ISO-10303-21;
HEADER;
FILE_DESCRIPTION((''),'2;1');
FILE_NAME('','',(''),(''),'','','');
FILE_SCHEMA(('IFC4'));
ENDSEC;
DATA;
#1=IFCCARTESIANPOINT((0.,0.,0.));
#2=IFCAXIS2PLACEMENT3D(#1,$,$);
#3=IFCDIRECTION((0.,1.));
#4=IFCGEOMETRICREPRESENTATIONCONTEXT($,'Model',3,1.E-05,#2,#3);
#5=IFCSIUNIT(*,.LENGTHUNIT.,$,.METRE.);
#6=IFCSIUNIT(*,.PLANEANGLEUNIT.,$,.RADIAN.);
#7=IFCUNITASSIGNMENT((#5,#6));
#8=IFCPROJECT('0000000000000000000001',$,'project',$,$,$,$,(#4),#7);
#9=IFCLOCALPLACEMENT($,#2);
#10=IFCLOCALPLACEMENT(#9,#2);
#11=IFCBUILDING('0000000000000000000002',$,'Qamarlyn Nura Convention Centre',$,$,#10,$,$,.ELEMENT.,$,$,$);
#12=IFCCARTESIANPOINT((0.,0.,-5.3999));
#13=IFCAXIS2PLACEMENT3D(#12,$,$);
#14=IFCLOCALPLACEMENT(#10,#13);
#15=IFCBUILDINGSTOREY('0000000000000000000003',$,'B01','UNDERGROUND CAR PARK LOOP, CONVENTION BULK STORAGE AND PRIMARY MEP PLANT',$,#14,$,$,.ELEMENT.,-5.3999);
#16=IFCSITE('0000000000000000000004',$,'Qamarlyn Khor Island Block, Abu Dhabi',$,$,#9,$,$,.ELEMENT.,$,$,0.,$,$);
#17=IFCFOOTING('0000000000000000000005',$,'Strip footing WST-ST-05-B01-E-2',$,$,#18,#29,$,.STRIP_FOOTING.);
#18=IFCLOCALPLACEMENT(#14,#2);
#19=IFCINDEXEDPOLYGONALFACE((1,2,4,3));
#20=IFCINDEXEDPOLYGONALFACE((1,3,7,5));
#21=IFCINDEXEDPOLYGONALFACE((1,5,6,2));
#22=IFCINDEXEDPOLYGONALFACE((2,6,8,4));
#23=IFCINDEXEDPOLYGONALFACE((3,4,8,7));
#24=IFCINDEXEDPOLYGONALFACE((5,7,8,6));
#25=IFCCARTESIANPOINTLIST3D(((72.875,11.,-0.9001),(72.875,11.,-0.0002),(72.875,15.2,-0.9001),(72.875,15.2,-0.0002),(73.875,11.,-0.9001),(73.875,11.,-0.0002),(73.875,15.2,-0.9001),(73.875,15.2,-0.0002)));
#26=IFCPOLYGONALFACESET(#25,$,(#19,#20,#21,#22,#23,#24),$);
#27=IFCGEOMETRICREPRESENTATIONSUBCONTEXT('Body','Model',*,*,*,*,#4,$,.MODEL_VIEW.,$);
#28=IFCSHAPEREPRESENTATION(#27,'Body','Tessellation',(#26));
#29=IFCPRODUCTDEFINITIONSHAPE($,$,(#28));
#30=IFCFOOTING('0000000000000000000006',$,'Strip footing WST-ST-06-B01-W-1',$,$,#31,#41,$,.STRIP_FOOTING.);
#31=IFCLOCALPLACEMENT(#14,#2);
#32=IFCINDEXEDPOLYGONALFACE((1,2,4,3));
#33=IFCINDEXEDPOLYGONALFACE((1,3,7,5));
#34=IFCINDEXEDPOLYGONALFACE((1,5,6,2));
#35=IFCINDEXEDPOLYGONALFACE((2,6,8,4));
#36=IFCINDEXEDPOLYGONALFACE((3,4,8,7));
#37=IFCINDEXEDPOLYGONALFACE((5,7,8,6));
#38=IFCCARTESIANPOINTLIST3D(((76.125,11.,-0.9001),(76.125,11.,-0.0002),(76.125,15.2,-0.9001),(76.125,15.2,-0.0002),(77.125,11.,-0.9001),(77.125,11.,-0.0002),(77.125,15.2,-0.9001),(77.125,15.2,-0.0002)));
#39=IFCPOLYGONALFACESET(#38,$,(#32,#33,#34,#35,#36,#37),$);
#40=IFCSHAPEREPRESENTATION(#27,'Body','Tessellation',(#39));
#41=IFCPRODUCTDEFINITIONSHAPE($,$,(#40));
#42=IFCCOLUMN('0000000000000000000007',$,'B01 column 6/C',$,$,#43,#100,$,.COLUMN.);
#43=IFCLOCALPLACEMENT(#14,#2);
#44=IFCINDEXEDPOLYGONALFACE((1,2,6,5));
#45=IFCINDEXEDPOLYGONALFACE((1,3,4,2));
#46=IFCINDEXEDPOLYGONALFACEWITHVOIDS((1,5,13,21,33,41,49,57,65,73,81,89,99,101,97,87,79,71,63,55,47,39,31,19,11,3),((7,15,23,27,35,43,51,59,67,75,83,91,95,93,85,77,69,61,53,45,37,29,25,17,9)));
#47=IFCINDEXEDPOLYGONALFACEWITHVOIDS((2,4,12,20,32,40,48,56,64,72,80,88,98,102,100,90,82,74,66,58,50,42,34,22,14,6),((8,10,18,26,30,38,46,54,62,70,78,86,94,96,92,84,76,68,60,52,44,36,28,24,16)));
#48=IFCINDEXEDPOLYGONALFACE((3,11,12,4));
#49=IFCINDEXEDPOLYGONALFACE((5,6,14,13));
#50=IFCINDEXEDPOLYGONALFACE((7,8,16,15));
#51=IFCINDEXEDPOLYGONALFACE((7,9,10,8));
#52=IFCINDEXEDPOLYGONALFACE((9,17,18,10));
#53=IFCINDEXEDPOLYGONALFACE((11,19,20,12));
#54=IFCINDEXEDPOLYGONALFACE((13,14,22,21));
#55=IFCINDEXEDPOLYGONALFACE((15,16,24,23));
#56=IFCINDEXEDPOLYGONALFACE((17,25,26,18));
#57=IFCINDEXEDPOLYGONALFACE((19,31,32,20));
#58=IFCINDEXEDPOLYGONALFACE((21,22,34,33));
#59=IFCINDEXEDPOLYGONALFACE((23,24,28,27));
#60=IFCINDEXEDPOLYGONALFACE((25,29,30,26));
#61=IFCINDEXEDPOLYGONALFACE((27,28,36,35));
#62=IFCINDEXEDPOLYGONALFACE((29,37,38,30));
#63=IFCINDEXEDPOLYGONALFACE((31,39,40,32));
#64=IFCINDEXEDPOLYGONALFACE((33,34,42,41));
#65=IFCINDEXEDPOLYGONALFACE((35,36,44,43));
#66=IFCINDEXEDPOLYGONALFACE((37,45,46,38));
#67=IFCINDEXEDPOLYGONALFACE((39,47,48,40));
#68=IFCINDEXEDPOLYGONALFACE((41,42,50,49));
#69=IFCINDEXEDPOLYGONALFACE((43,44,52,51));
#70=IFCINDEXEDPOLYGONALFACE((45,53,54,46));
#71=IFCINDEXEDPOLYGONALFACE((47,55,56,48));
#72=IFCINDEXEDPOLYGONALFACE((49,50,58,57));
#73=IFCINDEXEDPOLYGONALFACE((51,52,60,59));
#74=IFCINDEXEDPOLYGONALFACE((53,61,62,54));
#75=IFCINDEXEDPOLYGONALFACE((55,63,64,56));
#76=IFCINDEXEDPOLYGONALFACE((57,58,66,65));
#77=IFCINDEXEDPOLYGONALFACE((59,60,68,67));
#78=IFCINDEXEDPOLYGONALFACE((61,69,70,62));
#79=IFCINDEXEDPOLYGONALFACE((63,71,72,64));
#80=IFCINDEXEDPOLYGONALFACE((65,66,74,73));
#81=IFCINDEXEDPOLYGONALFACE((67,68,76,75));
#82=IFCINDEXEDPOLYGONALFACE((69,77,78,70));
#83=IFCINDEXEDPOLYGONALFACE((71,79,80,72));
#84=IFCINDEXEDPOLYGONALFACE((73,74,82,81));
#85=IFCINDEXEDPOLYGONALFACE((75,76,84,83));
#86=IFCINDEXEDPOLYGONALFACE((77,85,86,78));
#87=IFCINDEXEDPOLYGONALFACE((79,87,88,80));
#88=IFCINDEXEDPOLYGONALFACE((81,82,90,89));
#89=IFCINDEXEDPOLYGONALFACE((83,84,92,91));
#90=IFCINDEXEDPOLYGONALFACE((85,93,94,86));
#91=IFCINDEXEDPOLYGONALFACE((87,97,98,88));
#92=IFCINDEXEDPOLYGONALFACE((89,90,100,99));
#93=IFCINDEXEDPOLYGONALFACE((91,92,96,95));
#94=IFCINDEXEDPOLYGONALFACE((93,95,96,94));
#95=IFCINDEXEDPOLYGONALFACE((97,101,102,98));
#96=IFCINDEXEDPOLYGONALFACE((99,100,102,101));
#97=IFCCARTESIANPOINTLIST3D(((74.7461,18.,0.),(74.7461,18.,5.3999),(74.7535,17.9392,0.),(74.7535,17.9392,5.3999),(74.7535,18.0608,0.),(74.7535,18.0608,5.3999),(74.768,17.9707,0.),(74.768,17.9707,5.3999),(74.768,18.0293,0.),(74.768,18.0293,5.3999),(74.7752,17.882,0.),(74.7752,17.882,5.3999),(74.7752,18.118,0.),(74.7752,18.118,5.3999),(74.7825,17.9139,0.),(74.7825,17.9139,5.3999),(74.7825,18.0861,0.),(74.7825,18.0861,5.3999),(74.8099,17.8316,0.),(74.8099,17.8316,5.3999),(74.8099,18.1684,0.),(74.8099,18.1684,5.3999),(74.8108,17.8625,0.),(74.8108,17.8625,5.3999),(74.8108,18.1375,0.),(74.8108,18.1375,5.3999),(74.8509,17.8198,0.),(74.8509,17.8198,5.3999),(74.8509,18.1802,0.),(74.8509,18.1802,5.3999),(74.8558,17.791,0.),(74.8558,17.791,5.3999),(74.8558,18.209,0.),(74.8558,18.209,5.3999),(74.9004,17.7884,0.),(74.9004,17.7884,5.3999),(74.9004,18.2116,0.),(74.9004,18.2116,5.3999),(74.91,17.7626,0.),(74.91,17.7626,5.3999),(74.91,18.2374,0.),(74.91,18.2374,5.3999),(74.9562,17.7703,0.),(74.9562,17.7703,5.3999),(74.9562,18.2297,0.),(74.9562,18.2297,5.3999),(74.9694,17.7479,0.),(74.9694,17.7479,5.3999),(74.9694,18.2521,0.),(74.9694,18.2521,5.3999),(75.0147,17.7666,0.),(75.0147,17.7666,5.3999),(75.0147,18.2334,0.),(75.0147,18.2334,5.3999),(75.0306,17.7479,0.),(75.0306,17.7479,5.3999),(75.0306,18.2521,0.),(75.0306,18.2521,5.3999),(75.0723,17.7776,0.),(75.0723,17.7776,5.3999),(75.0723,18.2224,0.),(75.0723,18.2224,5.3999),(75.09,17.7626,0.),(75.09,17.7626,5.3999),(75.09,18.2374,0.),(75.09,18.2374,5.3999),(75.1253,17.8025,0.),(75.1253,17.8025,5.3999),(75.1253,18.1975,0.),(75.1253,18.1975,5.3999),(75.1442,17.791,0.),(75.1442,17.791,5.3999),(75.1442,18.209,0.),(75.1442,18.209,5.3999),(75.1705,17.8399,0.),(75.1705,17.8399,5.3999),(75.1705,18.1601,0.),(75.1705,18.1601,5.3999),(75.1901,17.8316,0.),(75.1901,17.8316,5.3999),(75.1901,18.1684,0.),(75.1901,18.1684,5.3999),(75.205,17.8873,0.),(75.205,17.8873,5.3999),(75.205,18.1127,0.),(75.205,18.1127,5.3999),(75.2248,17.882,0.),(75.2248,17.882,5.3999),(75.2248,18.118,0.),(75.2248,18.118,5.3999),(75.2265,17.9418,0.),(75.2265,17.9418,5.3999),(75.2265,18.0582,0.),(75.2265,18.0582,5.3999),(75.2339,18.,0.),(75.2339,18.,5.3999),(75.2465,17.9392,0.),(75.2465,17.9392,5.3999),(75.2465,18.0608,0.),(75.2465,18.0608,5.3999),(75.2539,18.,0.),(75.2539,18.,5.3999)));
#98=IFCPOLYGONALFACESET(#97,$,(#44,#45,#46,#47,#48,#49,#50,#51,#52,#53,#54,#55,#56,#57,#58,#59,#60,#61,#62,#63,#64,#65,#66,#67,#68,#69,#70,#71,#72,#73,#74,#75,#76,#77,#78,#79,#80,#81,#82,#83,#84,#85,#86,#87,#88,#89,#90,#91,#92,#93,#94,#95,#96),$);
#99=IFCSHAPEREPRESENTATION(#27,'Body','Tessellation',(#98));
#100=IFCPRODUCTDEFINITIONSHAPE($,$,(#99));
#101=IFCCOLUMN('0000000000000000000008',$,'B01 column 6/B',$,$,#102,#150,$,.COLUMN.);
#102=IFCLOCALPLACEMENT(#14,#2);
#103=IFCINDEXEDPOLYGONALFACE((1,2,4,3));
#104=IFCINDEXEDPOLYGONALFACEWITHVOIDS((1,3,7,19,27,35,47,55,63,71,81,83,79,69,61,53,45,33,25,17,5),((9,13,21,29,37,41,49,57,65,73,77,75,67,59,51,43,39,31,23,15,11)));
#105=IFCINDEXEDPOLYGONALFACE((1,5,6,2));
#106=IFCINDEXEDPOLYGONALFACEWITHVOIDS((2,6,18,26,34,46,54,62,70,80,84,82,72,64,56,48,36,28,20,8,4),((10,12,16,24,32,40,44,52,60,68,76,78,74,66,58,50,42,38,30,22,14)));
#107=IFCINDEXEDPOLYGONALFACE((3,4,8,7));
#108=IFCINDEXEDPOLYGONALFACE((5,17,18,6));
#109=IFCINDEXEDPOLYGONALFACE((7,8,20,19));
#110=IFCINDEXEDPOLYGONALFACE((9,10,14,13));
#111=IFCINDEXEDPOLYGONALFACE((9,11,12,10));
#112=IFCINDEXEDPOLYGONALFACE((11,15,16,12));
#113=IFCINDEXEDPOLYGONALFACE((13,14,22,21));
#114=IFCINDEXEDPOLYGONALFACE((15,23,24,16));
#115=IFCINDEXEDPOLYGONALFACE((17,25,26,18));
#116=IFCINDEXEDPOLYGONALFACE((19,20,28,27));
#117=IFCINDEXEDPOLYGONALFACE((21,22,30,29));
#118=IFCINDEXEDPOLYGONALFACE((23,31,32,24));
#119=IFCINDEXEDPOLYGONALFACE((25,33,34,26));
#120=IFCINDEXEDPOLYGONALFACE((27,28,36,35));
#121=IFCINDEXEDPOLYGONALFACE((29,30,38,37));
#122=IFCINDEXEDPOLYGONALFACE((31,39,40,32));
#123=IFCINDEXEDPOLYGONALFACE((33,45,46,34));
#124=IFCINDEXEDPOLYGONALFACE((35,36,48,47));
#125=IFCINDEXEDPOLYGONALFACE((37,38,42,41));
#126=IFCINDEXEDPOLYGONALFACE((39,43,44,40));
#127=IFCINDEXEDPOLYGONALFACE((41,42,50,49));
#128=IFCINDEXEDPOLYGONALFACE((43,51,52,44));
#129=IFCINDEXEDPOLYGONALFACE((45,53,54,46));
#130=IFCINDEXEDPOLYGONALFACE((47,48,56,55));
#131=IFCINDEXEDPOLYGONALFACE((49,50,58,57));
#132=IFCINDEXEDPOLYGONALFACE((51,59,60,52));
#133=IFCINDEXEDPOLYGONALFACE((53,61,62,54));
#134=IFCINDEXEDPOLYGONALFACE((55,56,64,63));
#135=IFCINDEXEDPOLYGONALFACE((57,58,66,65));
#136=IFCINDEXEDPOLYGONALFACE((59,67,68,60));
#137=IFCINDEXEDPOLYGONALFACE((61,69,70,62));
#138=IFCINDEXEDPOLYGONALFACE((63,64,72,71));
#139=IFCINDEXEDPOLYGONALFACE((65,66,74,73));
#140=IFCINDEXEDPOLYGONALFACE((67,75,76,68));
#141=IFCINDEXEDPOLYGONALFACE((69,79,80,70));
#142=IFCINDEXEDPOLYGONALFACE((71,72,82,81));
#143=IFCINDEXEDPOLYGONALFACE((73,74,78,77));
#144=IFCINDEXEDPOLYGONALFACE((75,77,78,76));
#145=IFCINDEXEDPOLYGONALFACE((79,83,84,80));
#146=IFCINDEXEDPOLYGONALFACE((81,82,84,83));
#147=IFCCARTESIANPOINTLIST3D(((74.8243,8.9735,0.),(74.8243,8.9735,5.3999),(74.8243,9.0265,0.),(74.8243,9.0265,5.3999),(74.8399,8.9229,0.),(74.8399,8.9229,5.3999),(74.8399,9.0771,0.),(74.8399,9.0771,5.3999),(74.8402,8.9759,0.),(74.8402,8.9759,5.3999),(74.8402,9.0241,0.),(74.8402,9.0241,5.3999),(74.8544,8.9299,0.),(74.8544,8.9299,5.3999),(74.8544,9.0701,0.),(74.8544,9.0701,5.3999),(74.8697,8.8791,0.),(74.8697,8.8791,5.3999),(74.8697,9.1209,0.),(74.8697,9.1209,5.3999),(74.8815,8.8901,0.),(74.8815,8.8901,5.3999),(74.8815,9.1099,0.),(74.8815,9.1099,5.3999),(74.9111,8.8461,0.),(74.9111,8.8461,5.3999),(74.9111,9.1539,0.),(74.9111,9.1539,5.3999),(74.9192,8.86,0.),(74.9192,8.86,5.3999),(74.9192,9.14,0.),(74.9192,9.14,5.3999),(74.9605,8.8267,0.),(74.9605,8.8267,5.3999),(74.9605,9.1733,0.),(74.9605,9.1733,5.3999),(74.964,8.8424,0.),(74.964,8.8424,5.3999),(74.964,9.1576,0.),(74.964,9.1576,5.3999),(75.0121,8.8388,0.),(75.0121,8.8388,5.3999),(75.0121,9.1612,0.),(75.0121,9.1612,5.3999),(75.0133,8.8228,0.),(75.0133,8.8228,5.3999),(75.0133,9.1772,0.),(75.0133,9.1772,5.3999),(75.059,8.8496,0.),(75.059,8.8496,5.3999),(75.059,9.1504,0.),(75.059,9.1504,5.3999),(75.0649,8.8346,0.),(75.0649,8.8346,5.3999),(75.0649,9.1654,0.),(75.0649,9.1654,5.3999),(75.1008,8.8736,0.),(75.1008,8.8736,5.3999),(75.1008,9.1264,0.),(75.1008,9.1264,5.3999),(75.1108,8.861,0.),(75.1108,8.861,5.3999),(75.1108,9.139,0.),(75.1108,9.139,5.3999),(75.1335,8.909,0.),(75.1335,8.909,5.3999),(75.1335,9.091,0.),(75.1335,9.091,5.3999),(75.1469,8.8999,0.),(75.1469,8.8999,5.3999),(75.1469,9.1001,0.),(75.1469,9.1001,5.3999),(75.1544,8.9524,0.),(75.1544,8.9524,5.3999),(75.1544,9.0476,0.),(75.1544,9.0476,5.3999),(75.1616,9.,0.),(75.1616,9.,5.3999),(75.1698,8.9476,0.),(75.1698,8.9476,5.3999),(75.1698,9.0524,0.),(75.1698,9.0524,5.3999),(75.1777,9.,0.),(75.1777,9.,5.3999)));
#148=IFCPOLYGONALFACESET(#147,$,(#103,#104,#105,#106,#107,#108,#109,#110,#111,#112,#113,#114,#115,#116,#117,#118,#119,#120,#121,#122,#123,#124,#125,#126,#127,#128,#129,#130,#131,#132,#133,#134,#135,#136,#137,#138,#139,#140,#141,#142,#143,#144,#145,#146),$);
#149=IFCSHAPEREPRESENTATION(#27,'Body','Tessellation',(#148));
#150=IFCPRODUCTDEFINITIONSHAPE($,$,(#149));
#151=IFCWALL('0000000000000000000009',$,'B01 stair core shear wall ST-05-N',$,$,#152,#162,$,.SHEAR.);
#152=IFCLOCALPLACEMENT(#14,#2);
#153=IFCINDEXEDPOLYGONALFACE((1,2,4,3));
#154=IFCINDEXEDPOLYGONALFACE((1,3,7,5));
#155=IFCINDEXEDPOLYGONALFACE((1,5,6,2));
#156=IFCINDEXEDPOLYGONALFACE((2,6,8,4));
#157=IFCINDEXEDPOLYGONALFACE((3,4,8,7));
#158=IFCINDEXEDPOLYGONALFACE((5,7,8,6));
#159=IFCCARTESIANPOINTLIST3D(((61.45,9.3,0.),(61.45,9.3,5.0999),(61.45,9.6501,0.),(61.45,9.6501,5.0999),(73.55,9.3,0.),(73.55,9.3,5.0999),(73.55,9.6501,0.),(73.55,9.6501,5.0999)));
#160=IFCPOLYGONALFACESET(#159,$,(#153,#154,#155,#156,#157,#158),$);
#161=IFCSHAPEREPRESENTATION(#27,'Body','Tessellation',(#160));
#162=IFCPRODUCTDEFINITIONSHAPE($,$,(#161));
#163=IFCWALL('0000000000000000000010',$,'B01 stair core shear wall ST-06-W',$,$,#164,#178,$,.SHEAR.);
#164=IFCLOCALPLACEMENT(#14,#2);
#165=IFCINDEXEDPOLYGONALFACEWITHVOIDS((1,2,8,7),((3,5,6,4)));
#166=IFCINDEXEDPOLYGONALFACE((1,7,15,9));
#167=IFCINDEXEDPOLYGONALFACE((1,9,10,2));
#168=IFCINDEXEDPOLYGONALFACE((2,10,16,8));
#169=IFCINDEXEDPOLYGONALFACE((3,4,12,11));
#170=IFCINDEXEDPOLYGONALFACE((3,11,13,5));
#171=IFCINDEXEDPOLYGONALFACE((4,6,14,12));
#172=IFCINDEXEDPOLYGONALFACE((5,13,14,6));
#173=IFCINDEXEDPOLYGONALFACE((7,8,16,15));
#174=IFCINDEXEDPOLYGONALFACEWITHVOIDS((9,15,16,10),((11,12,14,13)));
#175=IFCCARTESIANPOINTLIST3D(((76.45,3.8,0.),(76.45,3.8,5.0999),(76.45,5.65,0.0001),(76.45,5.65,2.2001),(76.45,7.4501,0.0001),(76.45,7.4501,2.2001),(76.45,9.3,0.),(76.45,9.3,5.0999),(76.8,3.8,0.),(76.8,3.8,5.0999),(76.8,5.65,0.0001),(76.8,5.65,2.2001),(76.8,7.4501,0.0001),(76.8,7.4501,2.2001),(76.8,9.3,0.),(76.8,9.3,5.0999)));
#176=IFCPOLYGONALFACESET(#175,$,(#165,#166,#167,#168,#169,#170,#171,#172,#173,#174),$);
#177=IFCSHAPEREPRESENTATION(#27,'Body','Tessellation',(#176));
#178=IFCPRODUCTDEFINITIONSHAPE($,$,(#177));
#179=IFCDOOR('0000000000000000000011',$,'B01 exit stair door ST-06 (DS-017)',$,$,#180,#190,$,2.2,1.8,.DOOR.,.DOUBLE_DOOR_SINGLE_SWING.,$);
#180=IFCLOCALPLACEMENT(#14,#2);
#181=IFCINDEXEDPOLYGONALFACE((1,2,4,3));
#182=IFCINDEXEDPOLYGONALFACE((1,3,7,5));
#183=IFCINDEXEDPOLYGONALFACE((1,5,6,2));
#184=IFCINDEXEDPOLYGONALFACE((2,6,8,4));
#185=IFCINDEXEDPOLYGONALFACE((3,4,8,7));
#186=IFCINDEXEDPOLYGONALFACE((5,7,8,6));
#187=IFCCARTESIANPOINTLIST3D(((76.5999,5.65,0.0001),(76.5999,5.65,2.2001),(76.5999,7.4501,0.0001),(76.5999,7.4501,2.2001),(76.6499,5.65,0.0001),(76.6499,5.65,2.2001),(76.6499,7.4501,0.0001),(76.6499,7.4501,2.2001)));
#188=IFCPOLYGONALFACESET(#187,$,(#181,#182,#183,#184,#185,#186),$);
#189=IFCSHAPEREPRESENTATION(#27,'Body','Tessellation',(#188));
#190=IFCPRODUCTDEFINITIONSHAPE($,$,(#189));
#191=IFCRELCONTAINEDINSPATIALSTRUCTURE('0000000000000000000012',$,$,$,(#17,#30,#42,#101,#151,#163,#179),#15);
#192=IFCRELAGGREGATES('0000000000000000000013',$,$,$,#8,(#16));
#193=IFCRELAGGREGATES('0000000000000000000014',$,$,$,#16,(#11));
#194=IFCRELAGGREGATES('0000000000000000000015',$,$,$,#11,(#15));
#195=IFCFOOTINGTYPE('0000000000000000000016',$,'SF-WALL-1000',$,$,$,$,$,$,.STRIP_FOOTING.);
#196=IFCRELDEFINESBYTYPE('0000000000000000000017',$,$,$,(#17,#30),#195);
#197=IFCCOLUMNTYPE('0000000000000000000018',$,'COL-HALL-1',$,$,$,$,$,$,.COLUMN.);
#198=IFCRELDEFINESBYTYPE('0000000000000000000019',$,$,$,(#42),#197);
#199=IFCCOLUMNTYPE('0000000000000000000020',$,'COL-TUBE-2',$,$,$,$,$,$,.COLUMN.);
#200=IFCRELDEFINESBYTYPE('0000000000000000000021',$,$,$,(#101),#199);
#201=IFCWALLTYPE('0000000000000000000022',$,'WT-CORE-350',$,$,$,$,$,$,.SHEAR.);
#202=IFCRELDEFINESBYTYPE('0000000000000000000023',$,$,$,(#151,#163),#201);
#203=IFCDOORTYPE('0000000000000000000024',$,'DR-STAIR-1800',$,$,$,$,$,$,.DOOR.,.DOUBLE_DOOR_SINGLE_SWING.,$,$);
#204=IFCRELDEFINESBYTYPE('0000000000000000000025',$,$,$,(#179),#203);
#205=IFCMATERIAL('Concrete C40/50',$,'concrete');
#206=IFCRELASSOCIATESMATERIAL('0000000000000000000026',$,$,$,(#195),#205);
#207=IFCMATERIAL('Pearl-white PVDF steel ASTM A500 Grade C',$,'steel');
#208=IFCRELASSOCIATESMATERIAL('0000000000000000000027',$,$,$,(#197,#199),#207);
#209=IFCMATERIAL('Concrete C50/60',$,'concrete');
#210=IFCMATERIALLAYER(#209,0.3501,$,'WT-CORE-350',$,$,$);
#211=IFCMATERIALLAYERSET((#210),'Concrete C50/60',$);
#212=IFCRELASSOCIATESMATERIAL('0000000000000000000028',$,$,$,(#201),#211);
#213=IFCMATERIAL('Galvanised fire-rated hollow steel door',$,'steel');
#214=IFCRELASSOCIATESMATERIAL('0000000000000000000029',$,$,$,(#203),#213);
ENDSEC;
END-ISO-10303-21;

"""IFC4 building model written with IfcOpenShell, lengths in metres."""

from ifc_helpers import new_model, si_unit, direction, frame, frame_2d, origin, origin_2d, place, context, subcontext, project, spatial, rectangle, hollow_circle, extrude, material, layer, layer_set, material_profile, profile_set, type_object, element, fill, save


model = new_model("IFC4")

# Units and contexts
model_context = context("Model", 3, precision=1e-05, world=origin(), true_north=direction((0.0, 1.0)))
body_context = subcontext(model_context, "Body", "Model", "MODEL_VIEW")
ifc_project = project(units=[si_unit("LENGTHUNIT", "METRE"), si_unit("PLANEANGLEUNIT", "RADIAN")], contexts=[model_context])

# Site, building, storey
site_placement = place(None, origin())
site = spatial("IfcSite", under=ifc_project, at=site_placement, Name="Qamarlyn Khor Island Block, Abu Dhabi", CompositionType="ELEMENT", RefElevation=0.0)
building_placement = place(site_placement, origin())
building = spatial("IfcBuilding", under=site, at=building_placement, Name="Qamarlyn Nura Convention Centre", CompositionType="ELEMENT")
storey_placement = place(building_placement, frame((0.0, 0.0, -5.3999)))
storey = spatial("IfcBuildingStorey", under=building, at=storey_placement, Name="B01", Description="UNDERGROUND CAR PARK LOOP, CONVENTION BULK STORAGE AND PRIMARY MEP PLANT", CompositionType="ELEMENT", Elevation=-5.3999)

# Shared definitions
ifc_material_1 = material(Name="Concrete C40/50", Category="concrete")

# Footings
ifc_material_profile_1 = material_profile(ifc_material_1, rectangle(XDim=1.0, YDim=0.8999, at=origin_2d()), Name="RC STRIP 1000x900")
ifc_profile_set_1 = profile_set([ifc_material_profile_1], Name="Concrete C40/50")
footing_type_1 = type_object("IfcFootingType", Name="SF-WALL-1000", PredefinedType="STRIP_FOOTING", material=ifc_profile_set_1)
for number, where, z_axis, x_axis, name in (
    (1, (73.375, 11.0, -0.4502), (0.0, 1.0, 0.0), (-1.0, 0.0, 0.0), "Strip footing WST-ST-05-B01-E-2"),
    (2, (76.625, 15.2, -0.4502), (0.0, -1.0, 0.0), (1.0, 0.0, 0.0), "Strip footing WST-ST-06-B01-W-1"),
):
    element("IfcFooting", number, at=place(storey_placement, frame(where, z_axis=z_axis, x_axis=x_axis)), inside=storey, type_object=footing_type_1, Name=name, PredefinedType="STRIP_FOOTING", context=body_context, shape_type="SweptSolid", body=[
        extrude(rectangle(XDim=1.0, YDim=0.8999, at=origin_2d()), origin(), (0.0, 0.0, 1.0), 4.2),
    ])

# Columns
ifc_material_2 = material(Name="Pearl-white PVDF steel ASTM A500 Grade C", Category="steel")
ifc_material_profile_2 = material_profile(ifc_material_2, hollow_circle(Radius=0.2539, WallThickness=0.02, at=origin_2d()), Name="CHS508X20")
ifc_profile_set_2 = profile_set([ifc_material_profile_2], Name="Pearl-white PVDF steel ASTM A500 Grade C")
column_type_1 = type_object("IfcColumnType", Name="COL-HALL-1", PredefinedType="COLUMN", material=ifc_profile_set_2)
column_1_placement = place(storey_placement, frame((75.0, 18.0, 0.0), z_axis=(0.0, 0.0, 1.0), x_axis=(1.0, 0.0, 0.0)))
element("IfcColumn", 3, at=column_1_placement, inside=storey, type_object=column_type_1, Name="B01 column 6/C", PredefinedType="COLUMN", context=body_context, shape_type="SweptSolid", body=[
    extrude(hollow_circle(Radius=0.2539, WallThickness=0.02, at=origin_2d()), origin(), (0.0, 0.0, 1.0), 5.3999),
])
ifc_material_profile_3 = material_profile(ifc_material_2, hollow_circle(Radius=0.1777, WallThickness=0.0161, at=origin_2d()), Name="CHS355.6X16")
ifc_profile_set_3 = profile_set([ifc_material_profile_3], Name="Pearl-white PVDF steel ASTM A500 Grade C")
column_type_2 = type_object("IfcColumnType", Name="COL-TUBE-2", PredefinedType="COLUMN", material=ifc_profile_set_3)
column_2_placement = place(storey_placement, frame((75.0, 9.0, 0.0), z_axis=(0.0, 0.0, 1.0), x_axis=(1.0, 0.0, 0.0)))
element("IfcColumn", 4, at=column_2_placement, inside=storey, type_object=column_type_2, Name="B01 column 6/B", PredefinedType="COLUMN", context=body_context, shape_type="SweptSolid", body=[
    extrude(hollow_circle(Radius=0.1777, WallThickness=0.0161, at=origin_2d()), origin(), (0.0, 0.0, 1.0), 5.3999),
])

# Wall
ifc_material_3 = material(Name="Concrete C50/60", Category="concrete")
ifc_layer_1 = layer(ifc_material_3, 0.3501, Name="WT-CORE-350")
ifc_layer_set_1 = layer_set([ifc_layer_1], Name="Concrete C50/60")
wall_type_1 = type_object("IfcWallType", Name="WT-CORE-350", PredefinedType="SHEAR", material=ifc_layer_set_1)
wall_1_placement = place(storey_placement, frame((73.55, 9.4751, 0.0), z_axis=(0.0, 0.0, 1.0), x_axis=(-1.0, 0.0, 0.0)))
element("IfcWall", 5, at=wall_1_placement, inside=storey, type_object=wall_type_1, Name="B01 stair core shear wall ST-05-N", PredefinedType="SHEAR", context=body_context, shape_type="SweptSolid", body=[
    extrude(rectangle(XDim=12.1001, YDim=0.3501, at=frame_2d((6.05, 0.0))), origin(), (0.0, 0.0, 1.0), 5.0999),
])

# Wall, opening, door
wall_2_placement = place(storey_placement, frame((76.625, 9.3, 0.0), z_axis=(0.0, 0.0, 1.0), x_axis=(0.0, -1.0, 0.0)))
wall_2 = element("IfcWall", 6, at=wall_2_placement, inside=storey, type_object=wall_type_1, Name="B01 stair core shear wall ST-06-W", PredefinedType="SHEAR", context=body_context, shape_type="SweptSolid", body=[
    extrude(rectangle(XDim=5.5, YDim=0.3501, at=frame_2d((2.75, 0.0))), origin(), (0.0, 0.0, 1.0), 5.0999),
])
opening_1_placement = place(wall_2_placement, frame((1.8501, 0.0, 0.0)))
opening_1 = element("IfcOpeningElement", 7, at=opening_1_placement, cuts=wall_2, PredefinedType="OPENING", context=body_context, shape_type="SweptSolid", body=[
    extrude(rectangle(XDim=1.8, YDim=2.2, at=frame_2d((0.8999, 1.1001))), frame((0.0, 0.1851, 0.0), z_axis=(0.0, -1.0, 0.0), x_axis=(1.0, 0.0, 0.0)), (0.0, 0.0, 1.0), 0.3701),
])
ifc_material_4 = material(Name="Galvanised fire-rated hollow steel door", Category="steel")
door_type_1 = type_object("IfcDoorType", Name="DR-STAIR-1800", OperationType="DOUBLE_DOOR_SINGLE_SWING", PredefinedType="DOOR", material=ifc_material_4)
door_1_placement = place(opening_1_placement, origin())
door_1 = element("IfcDoor", 8, at=door_1_placement, inside=storey, type_object=door_type_1, Name="B01 exit stair door ST-06 (DS-017)", OperationType="DOUBLE_DOOR_SINGLE_SWING", OverallHeight=2.2, OverallWidth=1.8, PredefinedType="DOOR", context=body_context, shape_type="SweptSolid", body=[
    extrude(rectangle(XDim=1.8, YDim=2.2, at=frame_2d((0.8999, 1.1001))), frame((0.0, 0.0249, 0.0), z_axis=(0.0, -1.0, 0.0), x_axis=(1.0, 0.0, 0.0)), (0.0, 0.0, 1.0), 0.05),
])
fill(opening_1, door_1)

save(model, "model.ifc")
